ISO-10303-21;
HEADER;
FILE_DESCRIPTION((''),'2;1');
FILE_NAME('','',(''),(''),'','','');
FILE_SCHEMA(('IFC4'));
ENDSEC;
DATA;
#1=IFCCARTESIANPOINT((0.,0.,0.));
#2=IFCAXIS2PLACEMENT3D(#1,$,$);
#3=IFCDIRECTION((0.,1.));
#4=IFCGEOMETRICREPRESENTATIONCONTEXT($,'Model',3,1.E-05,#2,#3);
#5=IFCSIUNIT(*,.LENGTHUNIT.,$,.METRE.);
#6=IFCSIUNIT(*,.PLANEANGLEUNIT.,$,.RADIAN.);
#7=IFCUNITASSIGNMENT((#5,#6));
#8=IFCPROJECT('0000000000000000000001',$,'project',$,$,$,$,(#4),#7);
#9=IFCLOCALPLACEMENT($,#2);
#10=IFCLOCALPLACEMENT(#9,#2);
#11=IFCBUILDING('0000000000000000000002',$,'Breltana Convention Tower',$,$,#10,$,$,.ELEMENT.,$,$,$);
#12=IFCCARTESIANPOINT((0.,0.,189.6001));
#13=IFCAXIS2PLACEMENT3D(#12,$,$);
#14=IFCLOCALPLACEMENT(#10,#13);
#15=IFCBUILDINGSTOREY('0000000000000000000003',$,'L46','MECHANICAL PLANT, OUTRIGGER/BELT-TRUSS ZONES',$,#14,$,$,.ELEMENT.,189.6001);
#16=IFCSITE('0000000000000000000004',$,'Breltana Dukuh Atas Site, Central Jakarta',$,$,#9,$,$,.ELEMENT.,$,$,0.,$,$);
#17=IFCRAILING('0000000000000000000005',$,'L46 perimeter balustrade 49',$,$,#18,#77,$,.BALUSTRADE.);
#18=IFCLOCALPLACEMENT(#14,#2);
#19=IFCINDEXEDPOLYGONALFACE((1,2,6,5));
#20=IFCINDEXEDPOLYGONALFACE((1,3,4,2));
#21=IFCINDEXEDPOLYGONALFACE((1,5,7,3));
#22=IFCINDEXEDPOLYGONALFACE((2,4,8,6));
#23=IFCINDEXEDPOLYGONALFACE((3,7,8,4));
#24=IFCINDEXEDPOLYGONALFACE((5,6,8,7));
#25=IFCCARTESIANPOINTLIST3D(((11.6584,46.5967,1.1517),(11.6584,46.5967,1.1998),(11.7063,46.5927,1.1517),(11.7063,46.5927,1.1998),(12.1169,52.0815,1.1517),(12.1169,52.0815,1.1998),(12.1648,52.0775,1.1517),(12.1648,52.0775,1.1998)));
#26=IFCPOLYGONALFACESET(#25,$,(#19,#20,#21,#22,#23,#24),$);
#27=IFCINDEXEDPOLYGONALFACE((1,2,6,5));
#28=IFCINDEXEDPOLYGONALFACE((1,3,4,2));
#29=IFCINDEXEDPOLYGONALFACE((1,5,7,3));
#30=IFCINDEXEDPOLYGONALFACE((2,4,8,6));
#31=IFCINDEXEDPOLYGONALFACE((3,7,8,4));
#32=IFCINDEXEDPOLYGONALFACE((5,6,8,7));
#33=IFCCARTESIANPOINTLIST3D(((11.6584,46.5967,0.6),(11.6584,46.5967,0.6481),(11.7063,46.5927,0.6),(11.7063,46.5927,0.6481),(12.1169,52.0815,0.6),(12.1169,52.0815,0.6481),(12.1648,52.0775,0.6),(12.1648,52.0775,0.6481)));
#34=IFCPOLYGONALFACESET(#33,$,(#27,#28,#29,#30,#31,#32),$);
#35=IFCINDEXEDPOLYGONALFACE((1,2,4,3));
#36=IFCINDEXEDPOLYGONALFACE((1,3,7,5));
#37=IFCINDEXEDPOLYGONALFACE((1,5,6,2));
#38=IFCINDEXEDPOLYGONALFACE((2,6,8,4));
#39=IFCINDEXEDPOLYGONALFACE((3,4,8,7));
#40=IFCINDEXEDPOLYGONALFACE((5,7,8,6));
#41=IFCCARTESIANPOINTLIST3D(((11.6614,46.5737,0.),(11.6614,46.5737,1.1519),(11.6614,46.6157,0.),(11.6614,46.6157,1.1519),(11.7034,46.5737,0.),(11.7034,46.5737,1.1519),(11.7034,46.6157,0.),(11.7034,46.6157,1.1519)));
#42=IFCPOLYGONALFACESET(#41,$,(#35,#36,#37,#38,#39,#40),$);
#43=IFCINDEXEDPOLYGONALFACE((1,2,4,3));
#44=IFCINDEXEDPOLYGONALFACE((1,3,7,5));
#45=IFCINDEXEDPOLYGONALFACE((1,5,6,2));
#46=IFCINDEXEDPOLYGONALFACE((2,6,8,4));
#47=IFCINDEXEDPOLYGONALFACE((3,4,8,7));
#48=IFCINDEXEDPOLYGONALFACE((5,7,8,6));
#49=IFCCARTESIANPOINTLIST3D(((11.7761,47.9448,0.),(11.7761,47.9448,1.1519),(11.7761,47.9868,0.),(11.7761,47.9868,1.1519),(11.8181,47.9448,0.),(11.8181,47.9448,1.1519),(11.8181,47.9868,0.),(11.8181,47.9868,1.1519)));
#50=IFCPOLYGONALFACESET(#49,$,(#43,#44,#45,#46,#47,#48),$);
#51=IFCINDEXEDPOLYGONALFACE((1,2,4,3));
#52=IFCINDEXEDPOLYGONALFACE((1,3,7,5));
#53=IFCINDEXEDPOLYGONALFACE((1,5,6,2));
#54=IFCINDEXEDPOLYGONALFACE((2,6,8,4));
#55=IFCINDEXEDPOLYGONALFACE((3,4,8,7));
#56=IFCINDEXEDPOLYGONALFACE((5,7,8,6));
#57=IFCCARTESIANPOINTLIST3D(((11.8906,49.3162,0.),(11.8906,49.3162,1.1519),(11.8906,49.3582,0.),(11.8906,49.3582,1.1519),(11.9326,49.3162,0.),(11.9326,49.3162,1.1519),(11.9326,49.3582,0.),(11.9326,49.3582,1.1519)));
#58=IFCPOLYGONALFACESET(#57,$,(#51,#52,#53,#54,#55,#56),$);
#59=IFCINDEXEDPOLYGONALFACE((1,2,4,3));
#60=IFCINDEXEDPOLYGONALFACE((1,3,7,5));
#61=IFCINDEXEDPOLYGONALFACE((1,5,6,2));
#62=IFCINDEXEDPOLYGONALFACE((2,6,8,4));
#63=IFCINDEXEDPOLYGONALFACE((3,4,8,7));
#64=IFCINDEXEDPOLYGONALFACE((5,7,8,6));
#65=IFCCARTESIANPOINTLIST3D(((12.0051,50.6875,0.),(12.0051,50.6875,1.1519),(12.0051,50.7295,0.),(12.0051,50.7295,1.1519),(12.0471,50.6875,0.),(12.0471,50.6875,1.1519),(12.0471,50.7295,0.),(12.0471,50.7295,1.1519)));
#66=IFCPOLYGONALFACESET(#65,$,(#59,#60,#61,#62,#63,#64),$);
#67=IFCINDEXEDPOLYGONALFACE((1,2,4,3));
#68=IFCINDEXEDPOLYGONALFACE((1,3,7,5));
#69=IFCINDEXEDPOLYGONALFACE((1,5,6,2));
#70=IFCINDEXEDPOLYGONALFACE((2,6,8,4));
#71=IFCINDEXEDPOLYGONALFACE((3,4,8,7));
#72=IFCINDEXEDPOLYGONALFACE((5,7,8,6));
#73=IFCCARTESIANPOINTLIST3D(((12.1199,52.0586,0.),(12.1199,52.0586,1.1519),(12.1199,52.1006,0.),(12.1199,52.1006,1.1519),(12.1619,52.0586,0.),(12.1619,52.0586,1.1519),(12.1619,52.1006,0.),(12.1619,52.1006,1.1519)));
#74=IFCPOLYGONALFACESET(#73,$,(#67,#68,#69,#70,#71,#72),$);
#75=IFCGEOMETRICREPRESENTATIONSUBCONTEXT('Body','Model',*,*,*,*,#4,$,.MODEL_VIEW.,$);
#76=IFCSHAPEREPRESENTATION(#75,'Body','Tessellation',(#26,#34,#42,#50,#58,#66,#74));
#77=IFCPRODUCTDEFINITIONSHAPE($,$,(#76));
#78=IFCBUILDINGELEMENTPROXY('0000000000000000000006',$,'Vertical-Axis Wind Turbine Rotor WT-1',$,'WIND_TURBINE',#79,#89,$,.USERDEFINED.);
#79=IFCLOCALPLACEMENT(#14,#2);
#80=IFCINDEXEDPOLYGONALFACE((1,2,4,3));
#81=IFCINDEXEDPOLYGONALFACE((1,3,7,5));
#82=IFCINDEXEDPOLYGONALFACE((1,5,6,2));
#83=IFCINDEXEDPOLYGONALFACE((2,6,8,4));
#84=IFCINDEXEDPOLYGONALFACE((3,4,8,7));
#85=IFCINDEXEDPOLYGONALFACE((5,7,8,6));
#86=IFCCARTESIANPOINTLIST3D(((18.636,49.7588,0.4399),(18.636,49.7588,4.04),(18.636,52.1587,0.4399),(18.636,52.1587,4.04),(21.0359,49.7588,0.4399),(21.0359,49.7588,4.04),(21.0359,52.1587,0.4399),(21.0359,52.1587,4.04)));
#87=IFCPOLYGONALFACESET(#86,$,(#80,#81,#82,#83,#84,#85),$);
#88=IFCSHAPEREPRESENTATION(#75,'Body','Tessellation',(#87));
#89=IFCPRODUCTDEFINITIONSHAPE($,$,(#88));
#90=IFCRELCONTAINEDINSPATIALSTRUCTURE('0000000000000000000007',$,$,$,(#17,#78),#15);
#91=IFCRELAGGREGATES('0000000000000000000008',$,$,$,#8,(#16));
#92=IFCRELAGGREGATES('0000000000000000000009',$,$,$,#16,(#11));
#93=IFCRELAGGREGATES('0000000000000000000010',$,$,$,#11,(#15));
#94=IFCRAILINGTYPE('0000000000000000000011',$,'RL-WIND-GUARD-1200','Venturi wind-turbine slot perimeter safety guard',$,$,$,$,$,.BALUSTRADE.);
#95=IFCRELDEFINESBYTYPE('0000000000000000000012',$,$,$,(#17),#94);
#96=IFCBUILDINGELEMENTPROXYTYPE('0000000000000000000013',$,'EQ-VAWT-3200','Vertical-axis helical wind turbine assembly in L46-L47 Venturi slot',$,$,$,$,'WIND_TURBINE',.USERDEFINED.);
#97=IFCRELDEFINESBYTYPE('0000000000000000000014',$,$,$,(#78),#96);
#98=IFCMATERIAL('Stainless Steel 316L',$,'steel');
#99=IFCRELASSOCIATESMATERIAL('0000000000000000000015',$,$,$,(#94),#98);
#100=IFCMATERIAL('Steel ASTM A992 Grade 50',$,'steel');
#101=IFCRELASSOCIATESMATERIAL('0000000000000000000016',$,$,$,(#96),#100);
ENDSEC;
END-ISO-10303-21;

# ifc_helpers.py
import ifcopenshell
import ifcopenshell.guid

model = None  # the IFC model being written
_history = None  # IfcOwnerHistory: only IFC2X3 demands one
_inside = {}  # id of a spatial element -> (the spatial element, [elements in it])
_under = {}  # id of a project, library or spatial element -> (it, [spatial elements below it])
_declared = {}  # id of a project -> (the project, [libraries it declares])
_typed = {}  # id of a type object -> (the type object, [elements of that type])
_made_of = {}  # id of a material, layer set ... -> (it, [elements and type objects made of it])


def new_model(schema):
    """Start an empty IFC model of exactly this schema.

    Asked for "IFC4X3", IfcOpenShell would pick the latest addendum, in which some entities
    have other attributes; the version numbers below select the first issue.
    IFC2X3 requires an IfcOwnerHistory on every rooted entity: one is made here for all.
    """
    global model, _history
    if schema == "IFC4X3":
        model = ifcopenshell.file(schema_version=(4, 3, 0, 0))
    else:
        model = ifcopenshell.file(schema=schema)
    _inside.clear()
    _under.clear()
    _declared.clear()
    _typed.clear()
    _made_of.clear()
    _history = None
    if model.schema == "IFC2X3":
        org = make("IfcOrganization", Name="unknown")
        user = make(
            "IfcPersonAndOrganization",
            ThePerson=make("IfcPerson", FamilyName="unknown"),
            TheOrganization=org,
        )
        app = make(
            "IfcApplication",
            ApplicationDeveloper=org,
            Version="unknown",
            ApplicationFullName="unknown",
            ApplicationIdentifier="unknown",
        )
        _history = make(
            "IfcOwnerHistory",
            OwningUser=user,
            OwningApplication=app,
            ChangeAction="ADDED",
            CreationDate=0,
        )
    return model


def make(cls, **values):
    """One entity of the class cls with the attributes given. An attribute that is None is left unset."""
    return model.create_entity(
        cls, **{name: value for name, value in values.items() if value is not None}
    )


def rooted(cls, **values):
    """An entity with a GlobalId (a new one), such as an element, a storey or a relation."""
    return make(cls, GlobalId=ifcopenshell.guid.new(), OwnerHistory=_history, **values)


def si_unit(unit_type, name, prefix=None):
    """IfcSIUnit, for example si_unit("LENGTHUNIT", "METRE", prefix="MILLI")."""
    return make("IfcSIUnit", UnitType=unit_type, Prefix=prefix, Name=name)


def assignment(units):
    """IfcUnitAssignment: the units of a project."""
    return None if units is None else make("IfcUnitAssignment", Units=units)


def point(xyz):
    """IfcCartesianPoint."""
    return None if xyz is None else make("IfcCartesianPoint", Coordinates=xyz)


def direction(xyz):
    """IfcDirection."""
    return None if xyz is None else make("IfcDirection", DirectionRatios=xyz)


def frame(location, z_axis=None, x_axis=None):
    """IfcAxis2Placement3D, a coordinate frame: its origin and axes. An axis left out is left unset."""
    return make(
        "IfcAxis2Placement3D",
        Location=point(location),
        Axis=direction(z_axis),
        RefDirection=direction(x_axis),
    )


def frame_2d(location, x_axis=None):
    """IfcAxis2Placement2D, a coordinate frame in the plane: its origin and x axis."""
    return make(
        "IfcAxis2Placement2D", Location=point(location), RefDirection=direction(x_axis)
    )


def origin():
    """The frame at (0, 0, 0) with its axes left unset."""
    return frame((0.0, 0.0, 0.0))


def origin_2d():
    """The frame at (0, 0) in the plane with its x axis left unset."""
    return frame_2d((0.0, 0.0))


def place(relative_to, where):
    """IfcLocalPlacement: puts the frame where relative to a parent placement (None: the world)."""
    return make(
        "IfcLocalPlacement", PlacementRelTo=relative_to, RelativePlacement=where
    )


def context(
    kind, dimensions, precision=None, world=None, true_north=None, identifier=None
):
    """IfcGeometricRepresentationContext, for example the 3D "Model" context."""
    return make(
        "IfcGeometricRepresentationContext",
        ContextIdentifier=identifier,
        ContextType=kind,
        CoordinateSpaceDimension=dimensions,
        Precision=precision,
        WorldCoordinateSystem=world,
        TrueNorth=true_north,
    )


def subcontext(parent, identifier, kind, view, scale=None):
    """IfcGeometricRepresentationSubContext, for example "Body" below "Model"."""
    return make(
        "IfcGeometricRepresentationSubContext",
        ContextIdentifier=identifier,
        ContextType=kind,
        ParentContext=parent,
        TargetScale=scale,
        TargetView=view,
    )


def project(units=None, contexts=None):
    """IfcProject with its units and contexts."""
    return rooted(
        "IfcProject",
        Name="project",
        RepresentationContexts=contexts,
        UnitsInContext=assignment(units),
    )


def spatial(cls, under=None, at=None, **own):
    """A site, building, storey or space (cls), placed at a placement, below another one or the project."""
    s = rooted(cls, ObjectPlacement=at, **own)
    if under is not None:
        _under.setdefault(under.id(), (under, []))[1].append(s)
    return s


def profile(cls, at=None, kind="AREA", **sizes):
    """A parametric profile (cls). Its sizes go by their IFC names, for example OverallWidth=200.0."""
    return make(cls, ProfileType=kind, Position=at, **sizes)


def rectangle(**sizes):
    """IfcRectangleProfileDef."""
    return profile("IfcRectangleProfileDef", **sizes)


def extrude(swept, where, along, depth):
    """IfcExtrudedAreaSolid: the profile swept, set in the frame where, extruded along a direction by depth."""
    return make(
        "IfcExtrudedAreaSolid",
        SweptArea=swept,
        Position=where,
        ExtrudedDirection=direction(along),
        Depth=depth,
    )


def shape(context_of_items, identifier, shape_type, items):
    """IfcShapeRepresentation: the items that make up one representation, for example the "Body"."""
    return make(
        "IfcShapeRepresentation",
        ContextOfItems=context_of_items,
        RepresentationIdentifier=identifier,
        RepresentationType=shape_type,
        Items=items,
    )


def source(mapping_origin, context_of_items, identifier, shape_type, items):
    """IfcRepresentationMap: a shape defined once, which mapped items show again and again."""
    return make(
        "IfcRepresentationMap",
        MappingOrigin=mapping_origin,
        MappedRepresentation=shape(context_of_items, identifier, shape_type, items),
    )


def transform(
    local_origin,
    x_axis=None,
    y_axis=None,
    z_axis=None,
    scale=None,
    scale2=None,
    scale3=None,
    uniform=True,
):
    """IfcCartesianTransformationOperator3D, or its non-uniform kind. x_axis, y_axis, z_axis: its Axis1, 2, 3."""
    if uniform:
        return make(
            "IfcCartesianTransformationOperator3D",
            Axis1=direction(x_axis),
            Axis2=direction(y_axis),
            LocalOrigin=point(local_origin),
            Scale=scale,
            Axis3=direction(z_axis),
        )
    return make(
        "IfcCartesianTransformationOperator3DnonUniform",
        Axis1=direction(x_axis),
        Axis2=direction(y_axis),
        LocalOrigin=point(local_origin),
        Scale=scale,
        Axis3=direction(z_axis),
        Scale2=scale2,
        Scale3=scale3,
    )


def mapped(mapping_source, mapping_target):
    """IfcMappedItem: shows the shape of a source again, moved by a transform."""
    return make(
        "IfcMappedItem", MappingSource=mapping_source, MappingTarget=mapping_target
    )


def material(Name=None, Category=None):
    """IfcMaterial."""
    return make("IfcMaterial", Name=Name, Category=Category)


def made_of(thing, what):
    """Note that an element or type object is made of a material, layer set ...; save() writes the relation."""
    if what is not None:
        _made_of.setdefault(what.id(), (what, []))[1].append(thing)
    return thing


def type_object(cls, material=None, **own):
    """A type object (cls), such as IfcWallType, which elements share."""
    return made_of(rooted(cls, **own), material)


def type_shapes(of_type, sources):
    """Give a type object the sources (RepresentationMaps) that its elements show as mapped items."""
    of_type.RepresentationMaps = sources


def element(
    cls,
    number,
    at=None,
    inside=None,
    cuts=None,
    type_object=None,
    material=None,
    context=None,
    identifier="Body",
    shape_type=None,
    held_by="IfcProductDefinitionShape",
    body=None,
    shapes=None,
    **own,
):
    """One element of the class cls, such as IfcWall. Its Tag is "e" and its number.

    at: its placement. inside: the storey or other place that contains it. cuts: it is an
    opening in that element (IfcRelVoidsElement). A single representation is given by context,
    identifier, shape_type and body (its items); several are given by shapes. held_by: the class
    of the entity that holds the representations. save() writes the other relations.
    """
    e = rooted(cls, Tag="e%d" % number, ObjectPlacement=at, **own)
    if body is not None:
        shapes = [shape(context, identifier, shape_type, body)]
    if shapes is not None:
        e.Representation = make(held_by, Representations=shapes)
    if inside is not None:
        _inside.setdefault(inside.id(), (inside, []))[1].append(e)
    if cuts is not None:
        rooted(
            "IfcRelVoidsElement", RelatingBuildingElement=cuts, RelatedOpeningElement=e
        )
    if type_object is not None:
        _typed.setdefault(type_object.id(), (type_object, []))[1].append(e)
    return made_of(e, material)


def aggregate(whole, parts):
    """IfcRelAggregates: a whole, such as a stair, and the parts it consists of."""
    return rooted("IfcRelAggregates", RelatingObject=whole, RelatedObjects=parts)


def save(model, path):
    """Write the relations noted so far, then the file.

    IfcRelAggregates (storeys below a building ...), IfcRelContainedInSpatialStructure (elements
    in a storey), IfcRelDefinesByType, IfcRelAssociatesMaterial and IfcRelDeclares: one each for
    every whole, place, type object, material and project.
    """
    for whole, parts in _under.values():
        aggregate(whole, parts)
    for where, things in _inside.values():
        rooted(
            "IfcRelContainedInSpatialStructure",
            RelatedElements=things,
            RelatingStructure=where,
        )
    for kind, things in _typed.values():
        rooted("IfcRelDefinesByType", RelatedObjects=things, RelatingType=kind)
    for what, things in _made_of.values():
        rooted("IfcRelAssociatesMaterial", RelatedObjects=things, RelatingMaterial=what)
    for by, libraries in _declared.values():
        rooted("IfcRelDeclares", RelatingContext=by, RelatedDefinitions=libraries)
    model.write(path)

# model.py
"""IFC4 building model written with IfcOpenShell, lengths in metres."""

from ifc_helpers import new_model, si_unit, direction, frame, origin, origin_2d, place, context, subcontext, project, spatial, rectangle, extrude, source, transform, mapped, material, type_object, type_shapes, element, save


model = new_model("IFC4")

# Units and contexts
model_context = context("Model", 3, precision=1e-05, world=origin(), true_north=direction((0.0, 1.0)))
body_context = subcontext(model_context, "Body", "Model", "MODEL_VIEW")
ifc_project = project(units=[si_unit("LENGTHUNIT", "METRE"), si_unit("PLANEANGLEUNIT", "RADIAN")], contexts=[model_context])

# Site, building, storey
site_placement = place(None, origin())
site = spatial("IfcSite", under=ifc_project, at=site_placement, Name="Breltana Dukuh Atas Site, Central Jakarta", CompositionType="ELEMENT", RefElevation=0.0)
building_placement = place(site_placement, origin())
building = spatial("IfcBuilding", under=site, at=building_placement, Name="Breltana Convention Tower", CompositionType="ELEMENT")
storey_placement = place(building_placement, frame((0.0, 0.0, 189.6001)))
storey = spatial("IfcBuildingStorey", under=building, at=storey_placement, Name="L46", Description="MECHANICAL PLANT, OUTRIGGER/BELT-TRUSS ZONES", CompositionType="ELEMENT", Elevation=189.6001)

# Shared definitions
ifc_material_1 = material(Name="Steel ASTM A992 Grade 50", Category="steel")

# Railing
ifc_material_2 = material(Name="Stainless Steel 316L", Category="steel")
railing_type = type_object("IfcRailingType", Name="RL-WIND-GUARD-1200", Description="Venturi wind-turbine slot perimeter safety guard", PredefinedType="BALUSTRADE", material=ifc_material_2)
railing_1_placement = place(storey_placement, frame((11.6824, 46.5947, 0.0)))
element("IfcRailing", 1, at=railing_1_placement, inside=storey, type_object=railing_type, Name="L46 perimeter balustrade 49", PredefinedType="BALUSTRADE", context=body_context, shape_type="SweptSolid", body=[
    extrude(rectangle(XDim=0.0481, YDim=0.0481, at=origin_2d()), frame((0.0, 0.0, 1.1758), z_axis=(0.083302, 0.996524, 0.0), x_axis=(-0.996524, 0.083302, 0.0)), (0.0, 0.0, 1.0), 5.5039),
    extrude(rectangle(XDim=0.0481, YDim=0.0481, at=origin_2d()), frame((0.0, 0.0, 0.624), z_axis=(0.083302, 0.996524, 0.0), x_axis=(-0.996524, 0.083302, 0.0)), (0.0, 0.0, 1.0), 5.5039),
    extrude(rectangle(XDim=0.042, YDim=0.042, at=origin_2d()), origin(), (0.0, 0.0, 1.0), 1.1519),
    extrude(rectangle(XDim=0.042, YDim=0.042, at=origin_2d()), frame((0.1147, 1.3711, 0.0)), (0.0, 0.0, 1.0), 1.1519),
    extrude(rectangle(XDim=0.042, YDim=0.042, at=origin_2d()), frame((0.2292, 2.7424, 0.0)), (0.0, 0.0, 1.0), 1.1519),
    extrude(rectangle(XDim=0.042, YDim=0.042, at=origin_2d()), frame((0.3438, 4.1138, 0.0)), (0.0, 0.0, 1.0), 1.1519),
    extrude(rectangle(XDim=0.042, YDim=0.042, at=origin_2d()), frame((0.4585, 5.4849, 0.0)), (0.0, 0.0, 1.0), 1.1519),
])

# Building element proxy
building_element_proxy_type = type_object("IfcBuildingElementProxyType", Name="EQ-VAWT-3200", Description="Vertical-axis helical wind turbine assembly in L46-L47 Venturi slot", ElementType="WIND_TURBINE", PredefinedType="USERDEFINED", material=ifc_material_1)
shared_shape_1 = source(origin(), body_context, "Body", "SweptSolid", [
    extrude(rectangle(XDim=2.3999, YDim=2.3999, at=origin_2d()), origin(), (0.0, 0.0, 1.0), 3.6001),
])
type_shapes(building_element_proxy_type, [shared_shape_1])
proxy_placement = place(storey_placement, frame((19.8359, 50.9587, 0.4399), z_axis=(0.0, 0.0, 1.0), x_axis=(1.0, 0.0, 0.0)))
element("IfcBuildingElementProxy", 2, at=proxy_placement, inside=storey, type_object=building_element_proxy_type, Name="Vertical-Axis Wind Turbine Rotor WT-1", ObjectType="WIND_TURBINE", PredefinedType="USERDEFINED", context=body_context, shape_type="MappedRepresentation", body=[
    mapped(shared_shape_1, transform((0.0, 0.0, 0.0), scale=1.0)),
])

save(model, "model.ifc")
